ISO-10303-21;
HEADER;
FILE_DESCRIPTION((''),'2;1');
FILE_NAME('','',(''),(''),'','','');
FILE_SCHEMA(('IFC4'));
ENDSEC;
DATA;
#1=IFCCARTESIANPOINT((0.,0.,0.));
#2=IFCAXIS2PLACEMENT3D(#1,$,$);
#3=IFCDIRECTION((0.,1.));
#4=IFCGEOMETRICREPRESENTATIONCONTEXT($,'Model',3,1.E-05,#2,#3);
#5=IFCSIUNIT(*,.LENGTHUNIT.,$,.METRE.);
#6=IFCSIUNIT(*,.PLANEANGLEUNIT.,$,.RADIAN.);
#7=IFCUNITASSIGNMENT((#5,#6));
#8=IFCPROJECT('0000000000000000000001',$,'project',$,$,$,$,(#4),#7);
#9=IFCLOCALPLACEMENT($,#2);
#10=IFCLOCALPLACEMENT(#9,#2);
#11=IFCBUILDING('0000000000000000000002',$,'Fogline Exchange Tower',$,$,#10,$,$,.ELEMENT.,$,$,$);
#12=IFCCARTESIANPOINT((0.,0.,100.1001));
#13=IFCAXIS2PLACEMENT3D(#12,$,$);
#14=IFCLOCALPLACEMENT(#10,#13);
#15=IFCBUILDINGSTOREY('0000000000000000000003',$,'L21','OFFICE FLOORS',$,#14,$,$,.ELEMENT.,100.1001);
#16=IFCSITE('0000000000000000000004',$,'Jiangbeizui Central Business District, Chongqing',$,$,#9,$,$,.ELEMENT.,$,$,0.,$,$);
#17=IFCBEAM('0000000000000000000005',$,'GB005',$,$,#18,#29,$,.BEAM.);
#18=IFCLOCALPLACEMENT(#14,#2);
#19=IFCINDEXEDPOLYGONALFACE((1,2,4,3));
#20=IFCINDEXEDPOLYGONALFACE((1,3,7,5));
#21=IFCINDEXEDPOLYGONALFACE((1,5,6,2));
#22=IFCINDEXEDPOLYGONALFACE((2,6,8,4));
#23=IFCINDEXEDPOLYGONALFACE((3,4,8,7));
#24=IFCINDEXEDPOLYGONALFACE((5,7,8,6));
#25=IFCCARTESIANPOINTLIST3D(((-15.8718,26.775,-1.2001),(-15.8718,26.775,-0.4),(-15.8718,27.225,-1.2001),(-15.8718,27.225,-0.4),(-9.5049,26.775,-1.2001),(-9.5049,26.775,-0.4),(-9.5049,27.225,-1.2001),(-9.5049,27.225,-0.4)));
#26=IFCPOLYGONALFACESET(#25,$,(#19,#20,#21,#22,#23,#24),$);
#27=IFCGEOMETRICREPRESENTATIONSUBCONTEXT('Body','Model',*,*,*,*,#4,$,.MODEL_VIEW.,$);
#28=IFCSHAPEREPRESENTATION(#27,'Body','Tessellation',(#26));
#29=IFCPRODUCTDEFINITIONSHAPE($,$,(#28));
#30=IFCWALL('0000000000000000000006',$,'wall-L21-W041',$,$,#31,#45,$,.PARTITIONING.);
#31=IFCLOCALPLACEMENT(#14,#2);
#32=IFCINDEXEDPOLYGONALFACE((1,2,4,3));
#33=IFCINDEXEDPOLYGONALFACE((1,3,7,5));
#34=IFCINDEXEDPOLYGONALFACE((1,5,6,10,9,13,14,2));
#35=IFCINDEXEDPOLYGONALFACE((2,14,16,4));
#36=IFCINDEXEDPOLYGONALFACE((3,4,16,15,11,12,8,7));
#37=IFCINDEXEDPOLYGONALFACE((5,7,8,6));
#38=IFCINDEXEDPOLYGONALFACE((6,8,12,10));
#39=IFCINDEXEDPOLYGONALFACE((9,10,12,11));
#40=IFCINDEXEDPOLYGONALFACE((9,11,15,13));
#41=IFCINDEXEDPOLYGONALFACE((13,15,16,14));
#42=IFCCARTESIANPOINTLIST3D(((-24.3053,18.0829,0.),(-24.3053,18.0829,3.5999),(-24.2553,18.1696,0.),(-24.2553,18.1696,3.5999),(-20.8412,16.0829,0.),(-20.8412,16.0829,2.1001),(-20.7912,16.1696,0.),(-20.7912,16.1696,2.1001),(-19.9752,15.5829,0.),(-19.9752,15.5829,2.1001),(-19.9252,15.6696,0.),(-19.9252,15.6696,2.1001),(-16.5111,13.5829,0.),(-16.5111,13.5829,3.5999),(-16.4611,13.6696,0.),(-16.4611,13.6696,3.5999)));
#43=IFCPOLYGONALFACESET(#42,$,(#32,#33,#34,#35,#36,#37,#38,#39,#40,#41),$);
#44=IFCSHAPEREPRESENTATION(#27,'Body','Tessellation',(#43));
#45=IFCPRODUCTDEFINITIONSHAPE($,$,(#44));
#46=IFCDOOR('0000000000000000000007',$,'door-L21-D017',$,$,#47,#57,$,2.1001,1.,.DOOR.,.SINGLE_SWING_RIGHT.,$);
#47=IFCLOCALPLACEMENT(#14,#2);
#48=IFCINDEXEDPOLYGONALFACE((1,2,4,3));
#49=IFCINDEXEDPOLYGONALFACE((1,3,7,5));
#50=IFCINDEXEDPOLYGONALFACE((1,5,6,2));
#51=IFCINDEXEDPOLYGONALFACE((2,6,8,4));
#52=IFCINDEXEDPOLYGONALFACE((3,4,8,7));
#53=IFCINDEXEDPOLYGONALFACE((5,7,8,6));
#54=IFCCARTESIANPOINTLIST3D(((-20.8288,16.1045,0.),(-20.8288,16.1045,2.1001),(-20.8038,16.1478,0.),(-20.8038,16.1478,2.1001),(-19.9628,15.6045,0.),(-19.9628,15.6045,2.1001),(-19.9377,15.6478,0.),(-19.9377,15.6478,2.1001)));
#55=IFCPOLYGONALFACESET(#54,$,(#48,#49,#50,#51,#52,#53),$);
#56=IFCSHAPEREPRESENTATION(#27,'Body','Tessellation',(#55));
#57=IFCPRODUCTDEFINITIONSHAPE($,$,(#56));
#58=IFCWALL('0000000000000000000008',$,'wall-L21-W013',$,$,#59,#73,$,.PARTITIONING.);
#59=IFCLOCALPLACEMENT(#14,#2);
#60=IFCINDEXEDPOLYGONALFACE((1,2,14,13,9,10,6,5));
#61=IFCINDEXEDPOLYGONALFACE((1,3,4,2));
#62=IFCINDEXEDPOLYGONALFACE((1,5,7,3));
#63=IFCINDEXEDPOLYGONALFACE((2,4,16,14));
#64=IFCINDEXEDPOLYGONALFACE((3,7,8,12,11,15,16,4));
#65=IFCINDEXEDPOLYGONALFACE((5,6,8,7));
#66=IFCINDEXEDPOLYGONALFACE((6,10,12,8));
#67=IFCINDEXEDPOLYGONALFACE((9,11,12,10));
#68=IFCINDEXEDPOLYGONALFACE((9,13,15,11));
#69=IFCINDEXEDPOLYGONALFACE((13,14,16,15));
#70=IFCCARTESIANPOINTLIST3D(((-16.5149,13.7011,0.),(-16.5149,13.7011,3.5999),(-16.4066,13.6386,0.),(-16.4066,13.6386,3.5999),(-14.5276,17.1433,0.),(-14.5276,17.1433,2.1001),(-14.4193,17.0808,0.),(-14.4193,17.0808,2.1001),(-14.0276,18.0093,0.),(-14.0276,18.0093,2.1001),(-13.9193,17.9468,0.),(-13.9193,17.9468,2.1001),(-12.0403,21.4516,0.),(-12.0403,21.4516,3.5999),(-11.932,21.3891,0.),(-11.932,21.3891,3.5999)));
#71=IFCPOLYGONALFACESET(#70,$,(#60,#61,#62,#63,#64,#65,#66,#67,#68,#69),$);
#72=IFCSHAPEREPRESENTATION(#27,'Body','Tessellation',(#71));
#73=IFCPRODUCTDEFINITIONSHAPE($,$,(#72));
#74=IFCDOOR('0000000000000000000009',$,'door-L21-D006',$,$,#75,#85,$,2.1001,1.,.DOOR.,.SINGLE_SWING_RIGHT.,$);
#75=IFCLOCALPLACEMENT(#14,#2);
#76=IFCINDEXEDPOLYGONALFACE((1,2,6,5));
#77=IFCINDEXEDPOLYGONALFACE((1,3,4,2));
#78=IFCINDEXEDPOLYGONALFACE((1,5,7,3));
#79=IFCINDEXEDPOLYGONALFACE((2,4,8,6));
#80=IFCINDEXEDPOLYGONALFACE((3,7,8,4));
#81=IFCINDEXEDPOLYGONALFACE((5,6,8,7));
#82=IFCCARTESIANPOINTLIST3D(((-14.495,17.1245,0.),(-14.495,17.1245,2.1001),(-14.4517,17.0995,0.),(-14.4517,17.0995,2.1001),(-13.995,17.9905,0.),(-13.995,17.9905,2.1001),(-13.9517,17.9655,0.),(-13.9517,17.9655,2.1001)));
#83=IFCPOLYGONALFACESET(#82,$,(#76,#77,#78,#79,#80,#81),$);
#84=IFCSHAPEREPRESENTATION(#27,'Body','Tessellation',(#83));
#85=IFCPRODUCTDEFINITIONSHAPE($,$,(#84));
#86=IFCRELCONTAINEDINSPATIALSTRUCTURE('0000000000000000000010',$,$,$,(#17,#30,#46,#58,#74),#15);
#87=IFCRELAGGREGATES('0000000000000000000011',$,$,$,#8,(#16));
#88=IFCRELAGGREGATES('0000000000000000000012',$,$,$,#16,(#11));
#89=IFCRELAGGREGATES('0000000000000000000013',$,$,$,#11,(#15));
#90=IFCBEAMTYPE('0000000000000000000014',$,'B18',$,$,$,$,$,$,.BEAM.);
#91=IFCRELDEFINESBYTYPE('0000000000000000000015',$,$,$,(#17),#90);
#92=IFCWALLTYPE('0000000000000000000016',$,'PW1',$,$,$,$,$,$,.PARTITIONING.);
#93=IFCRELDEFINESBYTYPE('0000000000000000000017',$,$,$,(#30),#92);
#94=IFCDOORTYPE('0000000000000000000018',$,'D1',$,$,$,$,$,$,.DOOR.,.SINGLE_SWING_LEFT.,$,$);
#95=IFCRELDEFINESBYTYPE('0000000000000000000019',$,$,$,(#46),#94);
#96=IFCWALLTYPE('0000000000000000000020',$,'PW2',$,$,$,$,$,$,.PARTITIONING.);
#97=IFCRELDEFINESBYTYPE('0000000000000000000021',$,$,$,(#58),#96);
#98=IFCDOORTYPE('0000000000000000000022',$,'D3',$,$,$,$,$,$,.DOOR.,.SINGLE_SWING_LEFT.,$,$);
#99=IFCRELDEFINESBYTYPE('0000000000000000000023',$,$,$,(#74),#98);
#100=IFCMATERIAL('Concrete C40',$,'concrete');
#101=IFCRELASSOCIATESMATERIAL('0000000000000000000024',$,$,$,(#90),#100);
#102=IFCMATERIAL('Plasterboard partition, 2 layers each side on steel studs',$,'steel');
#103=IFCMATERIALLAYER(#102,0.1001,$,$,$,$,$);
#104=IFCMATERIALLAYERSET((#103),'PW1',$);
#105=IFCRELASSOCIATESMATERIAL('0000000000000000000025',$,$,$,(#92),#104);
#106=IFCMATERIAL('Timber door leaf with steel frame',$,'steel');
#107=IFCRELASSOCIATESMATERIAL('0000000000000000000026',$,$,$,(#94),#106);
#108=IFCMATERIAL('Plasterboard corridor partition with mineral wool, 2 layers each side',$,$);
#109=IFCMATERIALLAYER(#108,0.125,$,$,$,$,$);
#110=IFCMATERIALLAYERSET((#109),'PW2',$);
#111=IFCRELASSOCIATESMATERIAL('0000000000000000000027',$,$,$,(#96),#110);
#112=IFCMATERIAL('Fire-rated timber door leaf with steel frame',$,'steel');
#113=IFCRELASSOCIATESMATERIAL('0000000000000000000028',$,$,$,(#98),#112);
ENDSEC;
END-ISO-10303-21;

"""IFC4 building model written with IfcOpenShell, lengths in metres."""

from ifc_helpers import new_model, si_unit, direction, frame, frame_2d, origin, origin_2d, place, context, subcontext, project, spatial, rectangle, extrude, material, layer, layer_set, material_profile, profile_set, type_object, element, fill, save


model = new_model("IFC4")

# Units and contexts
model_context = context("Model", 3, precision=1e-05, world=origin(), true_north=direction((0.0, 1.0)))
body_context = subcontext(model_context, "Body", "Model", "MODEL_VIEW")
ifc_project = project(units=[si_unit("LENGTHUNIT", "METRE"), si_unit("PLANEANGLEUNIT", "RADIAN")], contexts=[model_context])

# Site, building, storey
site_placement = place(None, origin())
site = spatial("IfcSite", under=ifc_project, at=site_placement, Name="Jiangbeizui Central Business District, Chongqing", CompositionType="ELEMENT", RefElevation=0.0)
building_placement = place(site_placement, origin())
building = spatial("IfcBuilding", under=site, at=building_placement, Name="Fogline Exchange Tower", CompositionType="ELEMENT")
storey_placement = place(building_placement, frame((0.0, 0.0, 100.1001)))
storey = spatial("IfcBuildingStorey", under=building, at=storey_placement, Name="L21", Description="OFFICE FLOORS", CompositionType="ELEMENT", Elevation=100.1001)

# Beam
ifc_material_1 = material(Name="Concrete C40", Category="concrete")
ifc_material_profile_1 = material_profile(ifc_material_1, rectangle(XDim=0.45, YDim=0.8, at=origin_2d()), Name="RC 450x800")
ifc_profile_set_1 = profile_set([ifc_material_profile_1], Name="Concrete C40")
beam_type_1 = type_object("IfcBeamType", Name="B18", PredefinedType="BEAM", material=ifc_profile_set_1)
beam_1_placement = place(storey_placement, frame((-15.8718, 27.0, -0.8), z_axis=(1.0, 0.0, 0.0), x_axis=(0.0, 1.0, 0.0)))
element("IfcBeam", 1, at=beam_1_placement, inside=storey, type_object=beam_type_1, Name="GB005", PredefinedType="BEAM", context=body_context, shape_type="SweptSolid", body=[
    extrude(rectangle(XDim=0.45, YDim=0.8, at=origin_2d()), origin(), (0.0, 0.0, 1.0), 6.3669),
])

# Walls, openings, doors
ifc_material_2 = material(Name="Plasterboard partition, 2 layers each side on steel studs", Category="steel")
ifc_layer_1 = layer(ifc_material_2, 0.1001)
ifc_layer_set_1 = layer_set([ifc_layer_1], Name="PW1")
wall_type_1 = type_object("IfcWallType", Name="PW1", PredefinedType="PARTITIONING", material=ifc_layer_set_1)
wall_1_placement = place(storey_placement, frame((-16.4861, 13.6262, 0.0), z_axis=(0.0, 0.0, 1.0), x_axis=(-0.866024, 0.500002, 0.0)))
wall_1 = element("IfcWall", 2, at=wall_1_placement, inside=storey, type_object=wall_type_1, Name="wall-L21-W041", PredefinedType="PARTITIONING", context=body_context, shape_type="SweptSolid", body=[
    extrude(rectangle(XDim=9.0, YDim=0.1001, at=frame_2d((4.5, 0.0))), origin(), (0.0, 0.0, 1.0), 3.5999),
])
opening_1_placement = place(wall_1_placement, frame((4.0, 0.0, 0.0)))
opening_1 = element("IfcOpeningElement", 3, at=opening_1_placement, cuts=wall_1, PredefinedType="OPENING", context=body_context, shape_type="SweptSolid", body=[
    extrude(rectangle(XDim=1.0, YDim=2.1001, at=frame_2d((0.5, 1.05))), frame((0.0, 0.0601, 0.0), z_axis=(0.0, -1.0, 0.0), x_axis=(1.0, 0.0, 0.0)), (0.0, 0.0, 1.0), 0.1201),
])
ifc_material_3 = material(Name="Timber door leaf with steel frame", Category="steel")
door_type_1 = type_object("IfcDoorType", Name="D1", OperationType="SINGLE_SWING_LEFT", PredefinedType="DOOR", material=ifc_material_3)
door_1_placement = place(opening_1_placement, frame((1.0, 0.0, 0.0), z_axis=(0.0, 0.0, 1.0), x_axis=(-1.0, 0.0, 0.0)))
door_1 = element("IfcDoor", 4, at=door_1_placement, inside=storey, type_object=door_type_1, Name="door-L21-D017", OperationType="SINGLE_SWING_RIGHT", OverallHeight=2.1001, OverallWidth=1.0, PredefinedType="DOOR", context=body_context, shape_type="SweptSolid", body=[
    extrude(rectangle(XDim=1.0, YDim=2.1001, at=frame_2d((0.5, 1.05))), frame((0.0, 0.0249, 0.0), z_axis=(0.0, -1.0, 0.0), x_axis=(1.0, 0.0, 0.0)), (0.0, 0.0, 1.0), 0.05),
])
fill(opening_1, door_1)
ifc_material_4 = material(Name="Plasterboard corridor partition with mineral wool, 2 layers each side")
ifc_layer_2 = layer(ifc_material_4, 0.125)
ifc_layer_set_2 = layer_set([ifc_layer_2], Name="PW2")
wall_type_2 = type_object("IfcWallType", Name="PW2", PredefinedType="PARTITIONING", material=ifc_layer_set_2)
wall_2_placement = place(storey_placement, frame((-16.4607, 13.6699, 0.0), z_axis=(0.0, 0.0, 1.0), x_axis=(0.499989, 0.866032, 0.0)))
wall_2 = element("IfcWall", 5, at=wall_2_placement, inside=storey, type_object=wall_type_2, Name="wall-L21-W013", PredefinedType="PARTITIONING", context=body_context, shape_type="SweptSolid", body=[
    extrude(rectangle(XDim=8.9495, YDim=0.125, at=frame_2d((4.4746, 0.0))), origin(), (0.0, 0.0, 1.0), 3.5999),
])
opening_2_placement = place(wall_2_placement, frame((3.9746, 0.0, 0.0)))
opening_2 = element("IfcOpeningElement", 6, at=opening_2_placement, cuts=wall_2, PredefinedType="OPENING", context=body_context, shape_type="SweptSolid", body=[
    extrude(rectangle(XDim=1.0, YDim=2.1001, at=frame_2d((0.5, 1.05))), frame((0.0, 0.0725, 0.0), z_axis=(0.0, -1.0, 0.0), x_axis=(1.0, 0.0, 0.0)), (0.0, 0.0, 1.0), 0.145),
])
ifc_material_5 = material(Name="Fire-rated timber door leaf with steel frame", Category="steel")
door_type_2 = type_object("IfcDoorType", Name="D3", OperationType="SINGLE_SWING_LEFT", PredefinedType="DOOR", material=ifc_material_5)
door_2_placement = place(opening_2_placement, origin())
door_2 = element("IfcDoor", 7, at=door_2_placement, inside=storey, type_object=door_type_2, Name="door-L21-D006", OperationType="SINGLE_SWING_RIGHT", OverallHeight=2.1001, OverallWidth=1.0, PredefinedType="DOOR", context=body_context, shape_type="SweptSolid", body=[
    extrude(rectangle(XDim=1.0, YDim=2.1001, at=frame_2d((0.5, 1.05))), frame((0.0, 0.0249, 0.0), z_axis=(0.0, -1.0, 0.0), x_axis=(1.0, 0.0, 0.0)), (0.0, 0.0, 1.0), 0.05),
])
fill(opening_2, door_2)

save(model, "model.ifc")
